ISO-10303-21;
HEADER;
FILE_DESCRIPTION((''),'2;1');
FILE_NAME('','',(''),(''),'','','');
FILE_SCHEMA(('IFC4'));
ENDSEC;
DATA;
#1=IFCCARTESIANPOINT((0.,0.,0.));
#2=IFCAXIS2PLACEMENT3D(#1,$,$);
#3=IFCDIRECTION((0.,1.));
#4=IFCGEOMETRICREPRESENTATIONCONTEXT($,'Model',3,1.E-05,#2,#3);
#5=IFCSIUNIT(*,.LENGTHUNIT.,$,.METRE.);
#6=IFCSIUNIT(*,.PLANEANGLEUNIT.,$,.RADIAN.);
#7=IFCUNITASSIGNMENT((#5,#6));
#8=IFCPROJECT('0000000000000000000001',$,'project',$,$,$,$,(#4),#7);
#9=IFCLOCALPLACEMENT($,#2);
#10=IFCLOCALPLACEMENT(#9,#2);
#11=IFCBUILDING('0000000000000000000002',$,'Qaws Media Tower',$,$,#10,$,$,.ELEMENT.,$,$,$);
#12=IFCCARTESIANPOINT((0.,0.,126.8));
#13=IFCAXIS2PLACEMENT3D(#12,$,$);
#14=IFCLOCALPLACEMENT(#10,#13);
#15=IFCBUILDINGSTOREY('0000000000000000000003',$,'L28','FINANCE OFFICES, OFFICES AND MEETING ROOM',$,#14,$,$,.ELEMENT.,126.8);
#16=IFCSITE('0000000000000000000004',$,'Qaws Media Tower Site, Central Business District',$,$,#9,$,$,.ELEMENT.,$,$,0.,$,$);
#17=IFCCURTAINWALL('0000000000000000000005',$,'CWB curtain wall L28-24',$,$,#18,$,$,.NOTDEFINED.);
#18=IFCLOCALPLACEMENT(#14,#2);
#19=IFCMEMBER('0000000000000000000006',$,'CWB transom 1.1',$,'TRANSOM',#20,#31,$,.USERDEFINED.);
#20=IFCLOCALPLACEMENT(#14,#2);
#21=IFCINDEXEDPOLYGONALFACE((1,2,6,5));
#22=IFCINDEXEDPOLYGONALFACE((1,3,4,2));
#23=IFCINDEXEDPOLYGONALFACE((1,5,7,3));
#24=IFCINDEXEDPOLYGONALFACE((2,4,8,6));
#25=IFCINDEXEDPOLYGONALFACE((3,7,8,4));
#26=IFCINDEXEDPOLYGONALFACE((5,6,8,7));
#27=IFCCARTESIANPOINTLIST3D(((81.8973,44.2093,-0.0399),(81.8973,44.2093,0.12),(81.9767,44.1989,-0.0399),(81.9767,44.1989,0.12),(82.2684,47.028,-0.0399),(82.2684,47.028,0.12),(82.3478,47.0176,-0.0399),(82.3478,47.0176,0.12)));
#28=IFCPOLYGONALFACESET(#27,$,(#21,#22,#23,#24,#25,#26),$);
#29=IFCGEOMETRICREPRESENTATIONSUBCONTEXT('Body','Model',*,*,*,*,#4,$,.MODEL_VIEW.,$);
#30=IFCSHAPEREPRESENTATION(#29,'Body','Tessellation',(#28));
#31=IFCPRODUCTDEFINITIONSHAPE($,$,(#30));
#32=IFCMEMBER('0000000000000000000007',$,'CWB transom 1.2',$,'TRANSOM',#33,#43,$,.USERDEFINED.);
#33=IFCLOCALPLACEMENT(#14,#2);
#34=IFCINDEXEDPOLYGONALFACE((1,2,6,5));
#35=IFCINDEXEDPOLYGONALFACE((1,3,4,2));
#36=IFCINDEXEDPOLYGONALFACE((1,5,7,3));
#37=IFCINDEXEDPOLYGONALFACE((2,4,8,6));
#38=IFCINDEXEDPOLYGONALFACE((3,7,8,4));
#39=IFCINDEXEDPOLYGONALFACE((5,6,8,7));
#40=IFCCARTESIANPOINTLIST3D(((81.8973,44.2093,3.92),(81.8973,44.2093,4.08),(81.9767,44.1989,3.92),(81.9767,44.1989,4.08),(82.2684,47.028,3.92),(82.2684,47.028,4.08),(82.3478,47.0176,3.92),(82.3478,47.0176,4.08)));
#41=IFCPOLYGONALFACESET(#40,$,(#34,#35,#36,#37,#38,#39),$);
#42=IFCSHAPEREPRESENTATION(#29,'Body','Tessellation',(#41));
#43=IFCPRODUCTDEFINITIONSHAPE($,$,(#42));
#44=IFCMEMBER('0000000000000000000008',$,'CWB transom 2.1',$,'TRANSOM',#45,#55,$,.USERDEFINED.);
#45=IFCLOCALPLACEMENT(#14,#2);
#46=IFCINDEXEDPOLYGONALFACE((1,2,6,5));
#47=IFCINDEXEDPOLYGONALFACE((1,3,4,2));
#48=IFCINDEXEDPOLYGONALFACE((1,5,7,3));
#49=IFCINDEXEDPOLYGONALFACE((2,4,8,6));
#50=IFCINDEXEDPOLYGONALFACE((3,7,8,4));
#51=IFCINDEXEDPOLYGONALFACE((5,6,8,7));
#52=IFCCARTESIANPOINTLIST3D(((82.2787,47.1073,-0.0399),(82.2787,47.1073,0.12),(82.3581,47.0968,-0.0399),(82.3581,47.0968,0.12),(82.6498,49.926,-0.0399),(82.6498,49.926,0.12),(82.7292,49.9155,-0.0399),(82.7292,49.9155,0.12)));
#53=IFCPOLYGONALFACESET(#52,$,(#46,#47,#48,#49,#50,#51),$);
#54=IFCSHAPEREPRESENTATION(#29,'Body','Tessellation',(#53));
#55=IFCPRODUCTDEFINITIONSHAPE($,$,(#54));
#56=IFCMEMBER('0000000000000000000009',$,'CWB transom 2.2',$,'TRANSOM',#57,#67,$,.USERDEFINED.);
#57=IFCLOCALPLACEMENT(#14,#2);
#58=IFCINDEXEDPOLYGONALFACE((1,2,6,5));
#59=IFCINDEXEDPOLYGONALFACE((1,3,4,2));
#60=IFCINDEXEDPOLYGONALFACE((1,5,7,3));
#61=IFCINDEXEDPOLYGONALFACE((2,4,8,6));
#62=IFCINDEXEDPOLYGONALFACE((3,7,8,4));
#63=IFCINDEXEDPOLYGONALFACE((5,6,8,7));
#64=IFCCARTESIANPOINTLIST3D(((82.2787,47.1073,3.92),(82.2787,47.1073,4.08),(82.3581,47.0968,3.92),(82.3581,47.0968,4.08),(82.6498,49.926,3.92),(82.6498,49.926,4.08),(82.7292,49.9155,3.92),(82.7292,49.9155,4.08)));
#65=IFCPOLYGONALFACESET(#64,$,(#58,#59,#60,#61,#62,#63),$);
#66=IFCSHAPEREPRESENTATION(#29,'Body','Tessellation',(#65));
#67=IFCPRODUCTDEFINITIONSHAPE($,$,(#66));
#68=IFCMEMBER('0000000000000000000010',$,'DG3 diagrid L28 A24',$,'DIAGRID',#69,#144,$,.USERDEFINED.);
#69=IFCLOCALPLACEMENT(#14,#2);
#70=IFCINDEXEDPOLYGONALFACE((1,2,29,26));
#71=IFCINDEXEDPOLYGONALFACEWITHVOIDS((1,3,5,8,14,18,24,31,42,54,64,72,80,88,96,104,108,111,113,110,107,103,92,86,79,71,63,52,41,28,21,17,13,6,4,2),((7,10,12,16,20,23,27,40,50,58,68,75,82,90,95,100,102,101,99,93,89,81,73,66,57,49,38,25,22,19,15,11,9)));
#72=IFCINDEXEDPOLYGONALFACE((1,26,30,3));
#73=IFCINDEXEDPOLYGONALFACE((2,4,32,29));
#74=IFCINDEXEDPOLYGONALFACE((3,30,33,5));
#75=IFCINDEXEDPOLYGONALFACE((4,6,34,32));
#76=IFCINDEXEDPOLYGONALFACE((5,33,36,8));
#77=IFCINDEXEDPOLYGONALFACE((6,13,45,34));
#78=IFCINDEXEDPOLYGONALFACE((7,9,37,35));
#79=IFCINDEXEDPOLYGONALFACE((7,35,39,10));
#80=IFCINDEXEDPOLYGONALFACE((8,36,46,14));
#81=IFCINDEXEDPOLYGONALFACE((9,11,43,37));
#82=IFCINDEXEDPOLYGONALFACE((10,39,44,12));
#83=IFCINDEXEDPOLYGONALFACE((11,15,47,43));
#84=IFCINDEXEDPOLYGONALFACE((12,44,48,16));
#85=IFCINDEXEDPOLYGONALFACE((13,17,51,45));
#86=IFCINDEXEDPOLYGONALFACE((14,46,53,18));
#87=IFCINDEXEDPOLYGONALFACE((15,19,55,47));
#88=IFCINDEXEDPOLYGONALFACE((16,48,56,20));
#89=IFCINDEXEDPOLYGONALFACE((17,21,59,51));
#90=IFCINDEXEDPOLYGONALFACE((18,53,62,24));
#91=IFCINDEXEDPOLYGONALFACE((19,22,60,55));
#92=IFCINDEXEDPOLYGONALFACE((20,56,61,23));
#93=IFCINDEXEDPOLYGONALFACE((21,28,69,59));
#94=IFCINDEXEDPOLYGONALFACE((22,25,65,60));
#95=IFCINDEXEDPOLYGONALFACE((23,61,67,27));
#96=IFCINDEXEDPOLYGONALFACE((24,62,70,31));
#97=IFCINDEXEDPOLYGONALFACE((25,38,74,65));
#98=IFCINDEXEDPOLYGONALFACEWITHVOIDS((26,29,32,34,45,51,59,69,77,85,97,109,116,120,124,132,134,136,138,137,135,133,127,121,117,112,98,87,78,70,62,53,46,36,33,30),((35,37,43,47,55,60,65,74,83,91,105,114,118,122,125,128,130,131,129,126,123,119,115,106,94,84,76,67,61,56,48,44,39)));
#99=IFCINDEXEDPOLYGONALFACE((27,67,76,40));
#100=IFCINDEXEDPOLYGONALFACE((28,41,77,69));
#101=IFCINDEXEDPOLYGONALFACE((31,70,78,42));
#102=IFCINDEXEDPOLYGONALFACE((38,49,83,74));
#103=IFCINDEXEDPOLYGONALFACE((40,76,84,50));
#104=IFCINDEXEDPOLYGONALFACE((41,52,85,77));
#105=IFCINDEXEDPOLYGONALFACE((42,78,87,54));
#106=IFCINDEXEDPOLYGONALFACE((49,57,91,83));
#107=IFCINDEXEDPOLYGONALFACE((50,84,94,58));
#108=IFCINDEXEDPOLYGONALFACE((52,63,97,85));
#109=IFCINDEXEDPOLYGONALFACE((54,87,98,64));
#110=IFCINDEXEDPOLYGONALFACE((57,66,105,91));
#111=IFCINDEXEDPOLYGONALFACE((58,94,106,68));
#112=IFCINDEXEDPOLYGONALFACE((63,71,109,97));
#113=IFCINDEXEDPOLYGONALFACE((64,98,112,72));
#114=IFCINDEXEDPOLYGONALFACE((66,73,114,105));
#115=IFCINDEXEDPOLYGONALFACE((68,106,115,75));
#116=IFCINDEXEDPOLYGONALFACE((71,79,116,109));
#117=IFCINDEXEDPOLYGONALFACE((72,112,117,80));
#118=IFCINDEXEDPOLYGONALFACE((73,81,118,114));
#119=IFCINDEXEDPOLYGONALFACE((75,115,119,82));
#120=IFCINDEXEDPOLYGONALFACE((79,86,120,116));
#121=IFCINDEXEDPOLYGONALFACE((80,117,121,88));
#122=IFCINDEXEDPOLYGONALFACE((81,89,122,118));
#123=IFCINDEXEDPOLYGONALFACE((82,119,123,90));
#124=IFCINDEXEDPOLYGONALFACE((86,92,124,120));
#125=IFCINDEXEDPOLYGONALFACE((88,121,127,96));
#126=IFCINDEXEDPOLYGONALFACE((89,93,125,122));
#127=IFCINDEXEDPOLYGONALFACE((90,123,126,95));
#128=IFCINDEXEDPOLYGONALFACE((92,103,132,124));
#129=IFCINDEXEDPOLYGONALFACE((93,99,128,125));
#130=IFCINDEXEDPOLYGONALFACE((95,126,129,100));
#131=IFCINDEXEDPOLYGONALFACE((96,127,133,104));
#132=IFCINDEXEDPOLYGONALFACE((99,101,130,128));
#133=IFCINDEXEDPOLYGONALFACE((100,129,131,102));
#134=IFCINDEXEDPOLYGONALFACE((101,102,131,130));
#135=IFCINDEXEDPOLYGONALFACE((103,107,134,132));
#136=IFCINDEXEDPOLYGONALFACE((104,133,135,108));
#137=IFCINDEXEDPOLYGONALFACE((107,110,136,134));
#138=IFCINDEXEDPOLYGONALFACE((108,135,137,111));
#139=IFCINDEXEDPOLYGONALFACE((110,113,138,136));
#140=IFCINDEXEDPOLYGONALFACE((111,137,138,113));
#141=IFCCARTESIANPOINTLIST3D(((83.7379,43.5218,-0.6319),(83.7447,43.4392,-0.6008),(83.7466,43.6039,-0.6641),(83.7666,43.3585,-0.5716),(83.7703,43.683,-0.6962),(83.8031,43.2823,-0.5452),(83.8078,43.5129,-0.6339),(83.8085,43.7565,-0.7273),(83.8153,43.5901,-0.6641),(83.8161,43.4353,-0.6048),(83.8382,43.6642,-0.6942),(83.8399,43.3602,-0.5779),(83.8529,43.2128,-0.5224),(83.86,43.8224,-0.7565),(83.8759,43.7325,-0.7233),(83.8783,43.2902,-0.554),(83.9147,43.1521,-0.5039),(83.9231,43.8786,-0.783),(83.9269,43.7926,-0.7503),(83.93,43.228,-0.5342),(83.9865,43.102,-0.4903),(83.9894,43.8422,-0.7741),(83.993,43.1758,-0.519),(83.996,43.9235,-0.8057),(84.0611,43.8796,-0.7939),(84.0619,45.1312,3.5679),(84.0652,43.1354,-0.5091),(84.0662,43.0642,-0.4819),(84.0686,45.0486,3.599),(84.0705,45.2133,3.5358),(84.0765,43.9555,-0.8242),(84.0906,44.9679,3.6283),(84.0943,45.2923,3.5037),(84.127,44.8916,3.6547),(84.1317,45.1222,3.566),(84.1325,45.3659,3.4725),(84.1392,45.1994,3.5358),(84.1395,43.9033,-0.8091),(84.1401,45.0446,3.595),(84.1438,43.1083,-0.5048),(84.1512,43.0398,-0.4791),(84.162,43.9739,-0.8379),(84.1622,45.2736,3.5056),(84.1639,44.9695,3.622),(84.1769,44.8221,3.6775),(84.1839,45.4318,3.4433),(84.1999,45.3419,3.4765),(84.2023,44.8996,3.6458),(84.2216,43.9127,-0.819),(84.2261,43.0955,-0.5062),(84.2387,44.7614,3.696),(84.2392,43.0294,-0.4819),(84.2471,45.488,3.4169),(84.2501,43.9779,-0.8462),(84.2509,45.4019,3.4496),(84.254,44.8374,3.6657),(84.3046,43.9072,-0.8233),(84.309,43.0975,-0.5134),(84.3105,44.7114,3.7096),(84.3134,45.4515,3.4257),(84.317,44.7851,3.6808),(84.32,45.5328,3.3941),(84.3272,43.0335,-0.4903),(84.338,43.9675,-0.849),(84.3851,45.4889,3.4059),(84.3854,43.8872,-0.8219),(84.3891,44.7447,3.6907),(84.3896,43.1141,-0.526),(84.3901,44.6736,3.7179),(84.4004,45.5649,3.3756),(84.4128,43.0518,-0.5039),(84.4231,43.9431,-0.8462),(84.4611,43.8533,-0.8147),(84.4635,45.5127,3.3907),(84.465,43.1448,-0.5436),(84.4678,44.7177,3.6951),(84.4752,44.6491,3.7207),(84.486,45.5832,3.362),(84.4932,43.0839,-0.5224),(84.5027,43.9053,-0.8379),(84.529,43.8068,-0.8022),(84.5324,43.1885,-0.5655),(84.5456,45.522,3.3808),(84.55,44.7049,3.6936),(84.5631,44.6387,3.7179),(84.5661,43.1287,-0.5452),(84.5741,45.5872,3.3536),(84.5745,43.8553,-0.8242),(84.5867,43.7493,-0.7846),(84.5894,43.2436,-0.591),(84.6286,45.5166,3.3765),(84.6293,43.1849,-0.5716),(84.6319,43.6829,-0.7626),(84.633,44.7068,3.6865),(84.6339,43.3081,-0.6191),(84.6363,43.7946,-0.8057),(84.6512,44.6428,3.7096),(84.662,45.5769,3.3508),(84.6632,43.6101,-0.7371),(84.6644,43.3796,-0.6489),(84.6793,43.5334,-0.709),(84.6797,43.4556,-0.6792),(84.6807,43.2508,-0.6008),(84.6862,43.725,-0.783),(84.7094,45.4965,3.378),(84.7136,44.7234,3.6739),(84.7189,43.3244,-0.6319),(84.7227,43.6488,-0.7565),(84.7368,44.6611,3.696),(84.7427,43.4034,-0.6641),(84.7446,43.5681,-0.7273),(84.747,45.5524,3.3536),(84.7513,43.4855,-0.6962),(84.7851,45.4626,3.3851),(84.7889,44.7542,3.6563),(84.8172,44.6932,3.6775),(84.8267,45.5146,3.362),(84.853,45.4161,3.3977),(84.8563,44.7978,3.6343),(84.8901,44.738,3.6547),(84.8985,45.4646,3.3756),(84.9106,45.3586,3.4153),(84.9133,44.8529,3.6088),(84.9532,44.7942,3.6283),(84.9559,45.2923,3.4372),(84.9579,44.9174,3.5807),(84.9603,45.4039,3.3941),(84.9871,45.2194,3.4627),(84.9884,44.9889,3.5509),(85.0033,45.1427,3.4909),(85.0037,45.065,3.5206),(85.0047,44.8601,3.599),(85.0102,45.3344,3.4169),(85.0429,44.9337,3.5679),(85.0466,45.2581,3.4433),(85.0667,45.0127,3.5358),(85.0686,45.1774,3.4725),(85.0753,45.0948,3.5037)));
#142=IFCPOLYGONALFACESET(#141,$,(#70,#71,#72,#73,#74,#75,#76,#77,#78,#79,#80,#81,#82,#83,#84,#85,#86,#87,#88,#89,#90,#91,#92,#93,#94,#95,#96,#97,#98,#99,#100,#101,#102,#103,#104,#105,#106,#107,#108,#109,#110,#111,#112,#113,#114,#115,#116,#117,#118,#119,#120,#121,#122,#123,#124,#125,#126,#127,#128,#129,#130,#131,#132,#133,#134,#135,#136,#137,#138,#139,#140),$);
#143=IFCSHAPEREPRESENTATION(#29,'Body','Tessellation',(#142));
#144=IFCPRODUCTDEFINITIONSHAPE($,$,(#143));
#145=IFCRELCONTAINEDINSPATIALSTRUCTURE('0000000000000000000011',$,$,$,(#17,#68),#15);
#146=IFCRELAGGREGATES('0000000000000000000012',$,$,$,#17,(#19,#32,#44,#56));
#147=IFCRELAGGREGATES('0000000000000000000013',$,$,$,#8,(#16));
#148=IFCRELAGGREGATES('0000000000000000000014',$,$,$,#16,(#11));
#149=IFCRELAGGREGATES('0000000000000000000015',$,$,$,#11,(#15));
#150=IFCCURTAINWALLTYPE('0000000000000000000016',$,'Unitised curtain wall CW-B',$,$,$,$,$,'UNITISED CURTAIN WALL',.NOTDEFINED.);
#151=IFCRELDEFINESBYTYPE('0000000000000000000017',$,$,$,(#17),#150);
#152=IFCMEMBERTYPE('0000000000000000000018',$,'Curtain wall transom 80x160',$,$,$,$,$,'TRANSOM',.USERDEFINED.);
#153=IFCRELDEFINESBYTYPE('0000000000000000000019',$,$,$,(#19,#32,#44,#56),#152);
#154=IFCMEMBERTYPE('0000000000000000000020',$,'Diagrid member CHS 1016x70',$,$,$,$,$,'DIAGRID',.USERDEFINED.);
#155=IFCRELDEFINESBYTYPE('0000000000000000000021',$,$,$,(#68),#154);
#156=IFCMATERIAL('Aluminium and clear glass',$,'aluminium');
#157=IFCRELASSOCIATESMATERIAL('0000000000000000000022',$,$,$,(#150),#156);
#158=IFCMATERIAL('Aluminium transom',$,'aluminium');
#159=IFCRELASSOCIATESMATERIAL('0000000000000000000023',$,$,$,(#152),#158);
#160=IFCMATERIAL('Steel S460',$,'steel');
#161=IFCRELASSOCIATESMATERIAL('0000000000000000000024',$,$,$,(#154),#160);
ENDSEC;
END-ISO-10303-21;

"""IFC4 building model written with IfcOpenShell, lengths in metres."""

from ifc_helpers import new_model, si_unit, direction, frame, origin, origin_2d, place, context, subcontext, project, spatial, rectangle, hollow_circle, extrude, material, material_profile, profile_set, type_object, element, aggregate, save


model = new_model("IFC4")

# Units and contexts
model_context = context("Model", 3, precision=1e-05, world=origin(), true_north=direction((0.0, 1.0)))
body_context = subcontext(model_context, "Body", "Model", "MODEL_VIEW")
ifc_project = project(units=[si_unit("LENGTHUNIT", "METRE"), si_unit("PLANEANGLEUNIT", "RADIAN")], contexts=[model_context])

# Site, building, storey
site_placement = place(None, origin())
site = spatial("IfcSite", under=ifc_project, at=site_placement, Name="Qaws Media Tower Site, Central Business District", CompositionType="ELEMENT", RefElevation=0.0)
building_placement = place(site_placement, origin())
building = spatial("IfcBuilding", under=site, at=building_placement, Name="Qaws Media Tower", CompositionType="ELEMENT")
storey_placement = place(building_placement, frame((0.0, 0.0, 126.8)))
storey = spatial("IfcBuildingStorey", under=building, at=storey_placement, Name="L28", Description="FINANCE OFFICES, OFFICES AND MEETING ROOM", CompositionType="ELEMENT", Elevation=126.8)

# Curtain wall
ifc_material_1 = material(Name="Aluminium and clear glass", Category="aluminium")
curtain_wall_type = type_object("IfcCurtainWallType", Name="Unitised curtain wall CW-B", ElementType="UNITISED CURTAIN WALL", PredefinedType="NOTDEFINED", material=ifc_material_1)
curtain_wall_1_placement = place(storey_placement, origin())
curtain_wall_1 = element("IfcCurtainWall", 1, at=curtain_wall_1_placement, inside=storey, type_object=curtain_wall_type, Name="CWB curtain wall L28-24", PredefinedType="NOTDEFINED")

# Members
ifc_material_2 = material(Name="Aluminium transom", Category="aluminium")
ifc_material_profile_1 = material_profile(ifc_material_2, rectangle(XDim=0.0801, YDim=0.1599, at=origin_2d()), Name="80x160")
ifc_profile_set_1 = profile_set([ifc_material_profile_1], Name="Aluminium transom")
member_type_1 = type_object("IfcMemberType", Name="Curtain wall transom 80x160", ElementType="TRANSOM", PredefinedType="USERDEFINED", material=ifc_profile_set_1)
member_1_placement = place(storey_placement, frame((81.937, 44.2041, 0.04), z_axis=(0.130532, 0.991444, 0.0), x_axis=(-0.991444, 0.130532, 0.0)))
member_1 = element("IfcMember", 2, at=member_1_placement, type_object=member_type_1, Name="CWB transom 1.1", ObjectType="TRANSOM", PredefinedType="USERDEFINED", context=body_context, shape_type="SweptSolid", body=[
    extrude(rectangle(XDim=0.0801, YDim=0.1599, at=origin_2d()), origin(), (0.0, 0.0, 1.0), 2.843),
])
member_2_placement = place(storey_placement, frame((81.937, 44.2041, 4.0), z_axis=(0.130532, 0.991444, 0.0), x_axis=(-0.991444, 0.130532, 0.0)))
member_2 = element("IfcMember", 3, at=member_2_placement, type_object=member_type_1, Name="CWB transom 1.2", ObjectType="TRANSOM", PredefinedType="USERDEFINED", context=body_context, shape_type="SweptSolid", body=[
    extrude(rectangle(XDim=0.0801, YDim=0.1599, at=origin_2d()), origin(), (0.0, 0.0, 1.0), 2.843),
])
member_3_placement = place(storey_placement, frame((82.3184, 47.1021, 0.04), z_axis=(0.130532, 0.991444, 0.0), x_axis=(-0.991444, 0.130532, 0.0)))
member_3 = element("IfcMember", 4, at=member_3_placement, type_object=member_type_1, Name="CWB transom 2.1", ObjectType="TRANSOM", PredefinedType="USERDEFINED", context=body_context, shape_type="SweptSolid", body=[
    extrude(rectangle(XDim=0.0801, YDim=0.1599, at=origin_2d()), origin(), (0.0, 0.0, 1.0), 2.843),
])
member_4_placement = place(storey_placement, frame((82.3184, 47.1021, 4.0), z_axis=(0.130532, 0.991444, 0.0), x_axis=(-0.991444, 0.130532, 0.0)))
member_4 = element("IfcMember", 5, at=member_4_placement, type_object=member_type_1, Name="CWB transom 2.2", ObjectType="TRANSOM", PredefinedType="USERDEFINED", context=body_context, shape_type="SweptSolid", body=[
    extrude(rectangle(XDim=0.0801, YDim=0.1599, at=origin_2d()), origin(), (0.0, 0.0, 1.0), 2.843),
])

# Member
ifc_material_3 = material(Name="Steel S460", Category="steel")
ifc_material_profile_2 = material_profile(ifc_material_3, hollow_circle(Radius=0.5081, WallThickness=0.0701, at=origin_2d()), Name="CHS 1016x70")
ifc_profile_set_2 = profile_set([ifc_material_profile_2], Name="Steel S460")
member_type_2 = type_object("IfcMemberType", Name="Diagrid member CHS 1016x70", ElementType="DIAGRID", PredefinedType="USERDEFINED", material=ifc_profile_set_2)
for number, where, z_axis, x_axis, name in (
    (6, (84.2446, 43.5037, -0.6641), (0.071844, 0.356894, 0.931378), (-0.980334, 0.197346, 0.0), "DG3 diagrid L28 A24"),
):
    element("IfcMember", number, at=place(storey_placement, frame(where, z_axis=z_axis, x_axis=x_axis)), inside=storey, type_object=member_type_2, Name=name, ObjectType="DIAGRID", PredefinedType="USERDEFINED", context=body_context, shape_type="SweptSolid", body=[
        extrude(hollow_circle(Radius=0.5081, WallThickness=0.0701, at=origin_2d()), origin(), (0.0, 0.0, 1.0), 4.5093),
    ])

aggregate(curtain_wall_1, [member_1, member_2, member_3, member_4])

save(model, "model.ifc")
